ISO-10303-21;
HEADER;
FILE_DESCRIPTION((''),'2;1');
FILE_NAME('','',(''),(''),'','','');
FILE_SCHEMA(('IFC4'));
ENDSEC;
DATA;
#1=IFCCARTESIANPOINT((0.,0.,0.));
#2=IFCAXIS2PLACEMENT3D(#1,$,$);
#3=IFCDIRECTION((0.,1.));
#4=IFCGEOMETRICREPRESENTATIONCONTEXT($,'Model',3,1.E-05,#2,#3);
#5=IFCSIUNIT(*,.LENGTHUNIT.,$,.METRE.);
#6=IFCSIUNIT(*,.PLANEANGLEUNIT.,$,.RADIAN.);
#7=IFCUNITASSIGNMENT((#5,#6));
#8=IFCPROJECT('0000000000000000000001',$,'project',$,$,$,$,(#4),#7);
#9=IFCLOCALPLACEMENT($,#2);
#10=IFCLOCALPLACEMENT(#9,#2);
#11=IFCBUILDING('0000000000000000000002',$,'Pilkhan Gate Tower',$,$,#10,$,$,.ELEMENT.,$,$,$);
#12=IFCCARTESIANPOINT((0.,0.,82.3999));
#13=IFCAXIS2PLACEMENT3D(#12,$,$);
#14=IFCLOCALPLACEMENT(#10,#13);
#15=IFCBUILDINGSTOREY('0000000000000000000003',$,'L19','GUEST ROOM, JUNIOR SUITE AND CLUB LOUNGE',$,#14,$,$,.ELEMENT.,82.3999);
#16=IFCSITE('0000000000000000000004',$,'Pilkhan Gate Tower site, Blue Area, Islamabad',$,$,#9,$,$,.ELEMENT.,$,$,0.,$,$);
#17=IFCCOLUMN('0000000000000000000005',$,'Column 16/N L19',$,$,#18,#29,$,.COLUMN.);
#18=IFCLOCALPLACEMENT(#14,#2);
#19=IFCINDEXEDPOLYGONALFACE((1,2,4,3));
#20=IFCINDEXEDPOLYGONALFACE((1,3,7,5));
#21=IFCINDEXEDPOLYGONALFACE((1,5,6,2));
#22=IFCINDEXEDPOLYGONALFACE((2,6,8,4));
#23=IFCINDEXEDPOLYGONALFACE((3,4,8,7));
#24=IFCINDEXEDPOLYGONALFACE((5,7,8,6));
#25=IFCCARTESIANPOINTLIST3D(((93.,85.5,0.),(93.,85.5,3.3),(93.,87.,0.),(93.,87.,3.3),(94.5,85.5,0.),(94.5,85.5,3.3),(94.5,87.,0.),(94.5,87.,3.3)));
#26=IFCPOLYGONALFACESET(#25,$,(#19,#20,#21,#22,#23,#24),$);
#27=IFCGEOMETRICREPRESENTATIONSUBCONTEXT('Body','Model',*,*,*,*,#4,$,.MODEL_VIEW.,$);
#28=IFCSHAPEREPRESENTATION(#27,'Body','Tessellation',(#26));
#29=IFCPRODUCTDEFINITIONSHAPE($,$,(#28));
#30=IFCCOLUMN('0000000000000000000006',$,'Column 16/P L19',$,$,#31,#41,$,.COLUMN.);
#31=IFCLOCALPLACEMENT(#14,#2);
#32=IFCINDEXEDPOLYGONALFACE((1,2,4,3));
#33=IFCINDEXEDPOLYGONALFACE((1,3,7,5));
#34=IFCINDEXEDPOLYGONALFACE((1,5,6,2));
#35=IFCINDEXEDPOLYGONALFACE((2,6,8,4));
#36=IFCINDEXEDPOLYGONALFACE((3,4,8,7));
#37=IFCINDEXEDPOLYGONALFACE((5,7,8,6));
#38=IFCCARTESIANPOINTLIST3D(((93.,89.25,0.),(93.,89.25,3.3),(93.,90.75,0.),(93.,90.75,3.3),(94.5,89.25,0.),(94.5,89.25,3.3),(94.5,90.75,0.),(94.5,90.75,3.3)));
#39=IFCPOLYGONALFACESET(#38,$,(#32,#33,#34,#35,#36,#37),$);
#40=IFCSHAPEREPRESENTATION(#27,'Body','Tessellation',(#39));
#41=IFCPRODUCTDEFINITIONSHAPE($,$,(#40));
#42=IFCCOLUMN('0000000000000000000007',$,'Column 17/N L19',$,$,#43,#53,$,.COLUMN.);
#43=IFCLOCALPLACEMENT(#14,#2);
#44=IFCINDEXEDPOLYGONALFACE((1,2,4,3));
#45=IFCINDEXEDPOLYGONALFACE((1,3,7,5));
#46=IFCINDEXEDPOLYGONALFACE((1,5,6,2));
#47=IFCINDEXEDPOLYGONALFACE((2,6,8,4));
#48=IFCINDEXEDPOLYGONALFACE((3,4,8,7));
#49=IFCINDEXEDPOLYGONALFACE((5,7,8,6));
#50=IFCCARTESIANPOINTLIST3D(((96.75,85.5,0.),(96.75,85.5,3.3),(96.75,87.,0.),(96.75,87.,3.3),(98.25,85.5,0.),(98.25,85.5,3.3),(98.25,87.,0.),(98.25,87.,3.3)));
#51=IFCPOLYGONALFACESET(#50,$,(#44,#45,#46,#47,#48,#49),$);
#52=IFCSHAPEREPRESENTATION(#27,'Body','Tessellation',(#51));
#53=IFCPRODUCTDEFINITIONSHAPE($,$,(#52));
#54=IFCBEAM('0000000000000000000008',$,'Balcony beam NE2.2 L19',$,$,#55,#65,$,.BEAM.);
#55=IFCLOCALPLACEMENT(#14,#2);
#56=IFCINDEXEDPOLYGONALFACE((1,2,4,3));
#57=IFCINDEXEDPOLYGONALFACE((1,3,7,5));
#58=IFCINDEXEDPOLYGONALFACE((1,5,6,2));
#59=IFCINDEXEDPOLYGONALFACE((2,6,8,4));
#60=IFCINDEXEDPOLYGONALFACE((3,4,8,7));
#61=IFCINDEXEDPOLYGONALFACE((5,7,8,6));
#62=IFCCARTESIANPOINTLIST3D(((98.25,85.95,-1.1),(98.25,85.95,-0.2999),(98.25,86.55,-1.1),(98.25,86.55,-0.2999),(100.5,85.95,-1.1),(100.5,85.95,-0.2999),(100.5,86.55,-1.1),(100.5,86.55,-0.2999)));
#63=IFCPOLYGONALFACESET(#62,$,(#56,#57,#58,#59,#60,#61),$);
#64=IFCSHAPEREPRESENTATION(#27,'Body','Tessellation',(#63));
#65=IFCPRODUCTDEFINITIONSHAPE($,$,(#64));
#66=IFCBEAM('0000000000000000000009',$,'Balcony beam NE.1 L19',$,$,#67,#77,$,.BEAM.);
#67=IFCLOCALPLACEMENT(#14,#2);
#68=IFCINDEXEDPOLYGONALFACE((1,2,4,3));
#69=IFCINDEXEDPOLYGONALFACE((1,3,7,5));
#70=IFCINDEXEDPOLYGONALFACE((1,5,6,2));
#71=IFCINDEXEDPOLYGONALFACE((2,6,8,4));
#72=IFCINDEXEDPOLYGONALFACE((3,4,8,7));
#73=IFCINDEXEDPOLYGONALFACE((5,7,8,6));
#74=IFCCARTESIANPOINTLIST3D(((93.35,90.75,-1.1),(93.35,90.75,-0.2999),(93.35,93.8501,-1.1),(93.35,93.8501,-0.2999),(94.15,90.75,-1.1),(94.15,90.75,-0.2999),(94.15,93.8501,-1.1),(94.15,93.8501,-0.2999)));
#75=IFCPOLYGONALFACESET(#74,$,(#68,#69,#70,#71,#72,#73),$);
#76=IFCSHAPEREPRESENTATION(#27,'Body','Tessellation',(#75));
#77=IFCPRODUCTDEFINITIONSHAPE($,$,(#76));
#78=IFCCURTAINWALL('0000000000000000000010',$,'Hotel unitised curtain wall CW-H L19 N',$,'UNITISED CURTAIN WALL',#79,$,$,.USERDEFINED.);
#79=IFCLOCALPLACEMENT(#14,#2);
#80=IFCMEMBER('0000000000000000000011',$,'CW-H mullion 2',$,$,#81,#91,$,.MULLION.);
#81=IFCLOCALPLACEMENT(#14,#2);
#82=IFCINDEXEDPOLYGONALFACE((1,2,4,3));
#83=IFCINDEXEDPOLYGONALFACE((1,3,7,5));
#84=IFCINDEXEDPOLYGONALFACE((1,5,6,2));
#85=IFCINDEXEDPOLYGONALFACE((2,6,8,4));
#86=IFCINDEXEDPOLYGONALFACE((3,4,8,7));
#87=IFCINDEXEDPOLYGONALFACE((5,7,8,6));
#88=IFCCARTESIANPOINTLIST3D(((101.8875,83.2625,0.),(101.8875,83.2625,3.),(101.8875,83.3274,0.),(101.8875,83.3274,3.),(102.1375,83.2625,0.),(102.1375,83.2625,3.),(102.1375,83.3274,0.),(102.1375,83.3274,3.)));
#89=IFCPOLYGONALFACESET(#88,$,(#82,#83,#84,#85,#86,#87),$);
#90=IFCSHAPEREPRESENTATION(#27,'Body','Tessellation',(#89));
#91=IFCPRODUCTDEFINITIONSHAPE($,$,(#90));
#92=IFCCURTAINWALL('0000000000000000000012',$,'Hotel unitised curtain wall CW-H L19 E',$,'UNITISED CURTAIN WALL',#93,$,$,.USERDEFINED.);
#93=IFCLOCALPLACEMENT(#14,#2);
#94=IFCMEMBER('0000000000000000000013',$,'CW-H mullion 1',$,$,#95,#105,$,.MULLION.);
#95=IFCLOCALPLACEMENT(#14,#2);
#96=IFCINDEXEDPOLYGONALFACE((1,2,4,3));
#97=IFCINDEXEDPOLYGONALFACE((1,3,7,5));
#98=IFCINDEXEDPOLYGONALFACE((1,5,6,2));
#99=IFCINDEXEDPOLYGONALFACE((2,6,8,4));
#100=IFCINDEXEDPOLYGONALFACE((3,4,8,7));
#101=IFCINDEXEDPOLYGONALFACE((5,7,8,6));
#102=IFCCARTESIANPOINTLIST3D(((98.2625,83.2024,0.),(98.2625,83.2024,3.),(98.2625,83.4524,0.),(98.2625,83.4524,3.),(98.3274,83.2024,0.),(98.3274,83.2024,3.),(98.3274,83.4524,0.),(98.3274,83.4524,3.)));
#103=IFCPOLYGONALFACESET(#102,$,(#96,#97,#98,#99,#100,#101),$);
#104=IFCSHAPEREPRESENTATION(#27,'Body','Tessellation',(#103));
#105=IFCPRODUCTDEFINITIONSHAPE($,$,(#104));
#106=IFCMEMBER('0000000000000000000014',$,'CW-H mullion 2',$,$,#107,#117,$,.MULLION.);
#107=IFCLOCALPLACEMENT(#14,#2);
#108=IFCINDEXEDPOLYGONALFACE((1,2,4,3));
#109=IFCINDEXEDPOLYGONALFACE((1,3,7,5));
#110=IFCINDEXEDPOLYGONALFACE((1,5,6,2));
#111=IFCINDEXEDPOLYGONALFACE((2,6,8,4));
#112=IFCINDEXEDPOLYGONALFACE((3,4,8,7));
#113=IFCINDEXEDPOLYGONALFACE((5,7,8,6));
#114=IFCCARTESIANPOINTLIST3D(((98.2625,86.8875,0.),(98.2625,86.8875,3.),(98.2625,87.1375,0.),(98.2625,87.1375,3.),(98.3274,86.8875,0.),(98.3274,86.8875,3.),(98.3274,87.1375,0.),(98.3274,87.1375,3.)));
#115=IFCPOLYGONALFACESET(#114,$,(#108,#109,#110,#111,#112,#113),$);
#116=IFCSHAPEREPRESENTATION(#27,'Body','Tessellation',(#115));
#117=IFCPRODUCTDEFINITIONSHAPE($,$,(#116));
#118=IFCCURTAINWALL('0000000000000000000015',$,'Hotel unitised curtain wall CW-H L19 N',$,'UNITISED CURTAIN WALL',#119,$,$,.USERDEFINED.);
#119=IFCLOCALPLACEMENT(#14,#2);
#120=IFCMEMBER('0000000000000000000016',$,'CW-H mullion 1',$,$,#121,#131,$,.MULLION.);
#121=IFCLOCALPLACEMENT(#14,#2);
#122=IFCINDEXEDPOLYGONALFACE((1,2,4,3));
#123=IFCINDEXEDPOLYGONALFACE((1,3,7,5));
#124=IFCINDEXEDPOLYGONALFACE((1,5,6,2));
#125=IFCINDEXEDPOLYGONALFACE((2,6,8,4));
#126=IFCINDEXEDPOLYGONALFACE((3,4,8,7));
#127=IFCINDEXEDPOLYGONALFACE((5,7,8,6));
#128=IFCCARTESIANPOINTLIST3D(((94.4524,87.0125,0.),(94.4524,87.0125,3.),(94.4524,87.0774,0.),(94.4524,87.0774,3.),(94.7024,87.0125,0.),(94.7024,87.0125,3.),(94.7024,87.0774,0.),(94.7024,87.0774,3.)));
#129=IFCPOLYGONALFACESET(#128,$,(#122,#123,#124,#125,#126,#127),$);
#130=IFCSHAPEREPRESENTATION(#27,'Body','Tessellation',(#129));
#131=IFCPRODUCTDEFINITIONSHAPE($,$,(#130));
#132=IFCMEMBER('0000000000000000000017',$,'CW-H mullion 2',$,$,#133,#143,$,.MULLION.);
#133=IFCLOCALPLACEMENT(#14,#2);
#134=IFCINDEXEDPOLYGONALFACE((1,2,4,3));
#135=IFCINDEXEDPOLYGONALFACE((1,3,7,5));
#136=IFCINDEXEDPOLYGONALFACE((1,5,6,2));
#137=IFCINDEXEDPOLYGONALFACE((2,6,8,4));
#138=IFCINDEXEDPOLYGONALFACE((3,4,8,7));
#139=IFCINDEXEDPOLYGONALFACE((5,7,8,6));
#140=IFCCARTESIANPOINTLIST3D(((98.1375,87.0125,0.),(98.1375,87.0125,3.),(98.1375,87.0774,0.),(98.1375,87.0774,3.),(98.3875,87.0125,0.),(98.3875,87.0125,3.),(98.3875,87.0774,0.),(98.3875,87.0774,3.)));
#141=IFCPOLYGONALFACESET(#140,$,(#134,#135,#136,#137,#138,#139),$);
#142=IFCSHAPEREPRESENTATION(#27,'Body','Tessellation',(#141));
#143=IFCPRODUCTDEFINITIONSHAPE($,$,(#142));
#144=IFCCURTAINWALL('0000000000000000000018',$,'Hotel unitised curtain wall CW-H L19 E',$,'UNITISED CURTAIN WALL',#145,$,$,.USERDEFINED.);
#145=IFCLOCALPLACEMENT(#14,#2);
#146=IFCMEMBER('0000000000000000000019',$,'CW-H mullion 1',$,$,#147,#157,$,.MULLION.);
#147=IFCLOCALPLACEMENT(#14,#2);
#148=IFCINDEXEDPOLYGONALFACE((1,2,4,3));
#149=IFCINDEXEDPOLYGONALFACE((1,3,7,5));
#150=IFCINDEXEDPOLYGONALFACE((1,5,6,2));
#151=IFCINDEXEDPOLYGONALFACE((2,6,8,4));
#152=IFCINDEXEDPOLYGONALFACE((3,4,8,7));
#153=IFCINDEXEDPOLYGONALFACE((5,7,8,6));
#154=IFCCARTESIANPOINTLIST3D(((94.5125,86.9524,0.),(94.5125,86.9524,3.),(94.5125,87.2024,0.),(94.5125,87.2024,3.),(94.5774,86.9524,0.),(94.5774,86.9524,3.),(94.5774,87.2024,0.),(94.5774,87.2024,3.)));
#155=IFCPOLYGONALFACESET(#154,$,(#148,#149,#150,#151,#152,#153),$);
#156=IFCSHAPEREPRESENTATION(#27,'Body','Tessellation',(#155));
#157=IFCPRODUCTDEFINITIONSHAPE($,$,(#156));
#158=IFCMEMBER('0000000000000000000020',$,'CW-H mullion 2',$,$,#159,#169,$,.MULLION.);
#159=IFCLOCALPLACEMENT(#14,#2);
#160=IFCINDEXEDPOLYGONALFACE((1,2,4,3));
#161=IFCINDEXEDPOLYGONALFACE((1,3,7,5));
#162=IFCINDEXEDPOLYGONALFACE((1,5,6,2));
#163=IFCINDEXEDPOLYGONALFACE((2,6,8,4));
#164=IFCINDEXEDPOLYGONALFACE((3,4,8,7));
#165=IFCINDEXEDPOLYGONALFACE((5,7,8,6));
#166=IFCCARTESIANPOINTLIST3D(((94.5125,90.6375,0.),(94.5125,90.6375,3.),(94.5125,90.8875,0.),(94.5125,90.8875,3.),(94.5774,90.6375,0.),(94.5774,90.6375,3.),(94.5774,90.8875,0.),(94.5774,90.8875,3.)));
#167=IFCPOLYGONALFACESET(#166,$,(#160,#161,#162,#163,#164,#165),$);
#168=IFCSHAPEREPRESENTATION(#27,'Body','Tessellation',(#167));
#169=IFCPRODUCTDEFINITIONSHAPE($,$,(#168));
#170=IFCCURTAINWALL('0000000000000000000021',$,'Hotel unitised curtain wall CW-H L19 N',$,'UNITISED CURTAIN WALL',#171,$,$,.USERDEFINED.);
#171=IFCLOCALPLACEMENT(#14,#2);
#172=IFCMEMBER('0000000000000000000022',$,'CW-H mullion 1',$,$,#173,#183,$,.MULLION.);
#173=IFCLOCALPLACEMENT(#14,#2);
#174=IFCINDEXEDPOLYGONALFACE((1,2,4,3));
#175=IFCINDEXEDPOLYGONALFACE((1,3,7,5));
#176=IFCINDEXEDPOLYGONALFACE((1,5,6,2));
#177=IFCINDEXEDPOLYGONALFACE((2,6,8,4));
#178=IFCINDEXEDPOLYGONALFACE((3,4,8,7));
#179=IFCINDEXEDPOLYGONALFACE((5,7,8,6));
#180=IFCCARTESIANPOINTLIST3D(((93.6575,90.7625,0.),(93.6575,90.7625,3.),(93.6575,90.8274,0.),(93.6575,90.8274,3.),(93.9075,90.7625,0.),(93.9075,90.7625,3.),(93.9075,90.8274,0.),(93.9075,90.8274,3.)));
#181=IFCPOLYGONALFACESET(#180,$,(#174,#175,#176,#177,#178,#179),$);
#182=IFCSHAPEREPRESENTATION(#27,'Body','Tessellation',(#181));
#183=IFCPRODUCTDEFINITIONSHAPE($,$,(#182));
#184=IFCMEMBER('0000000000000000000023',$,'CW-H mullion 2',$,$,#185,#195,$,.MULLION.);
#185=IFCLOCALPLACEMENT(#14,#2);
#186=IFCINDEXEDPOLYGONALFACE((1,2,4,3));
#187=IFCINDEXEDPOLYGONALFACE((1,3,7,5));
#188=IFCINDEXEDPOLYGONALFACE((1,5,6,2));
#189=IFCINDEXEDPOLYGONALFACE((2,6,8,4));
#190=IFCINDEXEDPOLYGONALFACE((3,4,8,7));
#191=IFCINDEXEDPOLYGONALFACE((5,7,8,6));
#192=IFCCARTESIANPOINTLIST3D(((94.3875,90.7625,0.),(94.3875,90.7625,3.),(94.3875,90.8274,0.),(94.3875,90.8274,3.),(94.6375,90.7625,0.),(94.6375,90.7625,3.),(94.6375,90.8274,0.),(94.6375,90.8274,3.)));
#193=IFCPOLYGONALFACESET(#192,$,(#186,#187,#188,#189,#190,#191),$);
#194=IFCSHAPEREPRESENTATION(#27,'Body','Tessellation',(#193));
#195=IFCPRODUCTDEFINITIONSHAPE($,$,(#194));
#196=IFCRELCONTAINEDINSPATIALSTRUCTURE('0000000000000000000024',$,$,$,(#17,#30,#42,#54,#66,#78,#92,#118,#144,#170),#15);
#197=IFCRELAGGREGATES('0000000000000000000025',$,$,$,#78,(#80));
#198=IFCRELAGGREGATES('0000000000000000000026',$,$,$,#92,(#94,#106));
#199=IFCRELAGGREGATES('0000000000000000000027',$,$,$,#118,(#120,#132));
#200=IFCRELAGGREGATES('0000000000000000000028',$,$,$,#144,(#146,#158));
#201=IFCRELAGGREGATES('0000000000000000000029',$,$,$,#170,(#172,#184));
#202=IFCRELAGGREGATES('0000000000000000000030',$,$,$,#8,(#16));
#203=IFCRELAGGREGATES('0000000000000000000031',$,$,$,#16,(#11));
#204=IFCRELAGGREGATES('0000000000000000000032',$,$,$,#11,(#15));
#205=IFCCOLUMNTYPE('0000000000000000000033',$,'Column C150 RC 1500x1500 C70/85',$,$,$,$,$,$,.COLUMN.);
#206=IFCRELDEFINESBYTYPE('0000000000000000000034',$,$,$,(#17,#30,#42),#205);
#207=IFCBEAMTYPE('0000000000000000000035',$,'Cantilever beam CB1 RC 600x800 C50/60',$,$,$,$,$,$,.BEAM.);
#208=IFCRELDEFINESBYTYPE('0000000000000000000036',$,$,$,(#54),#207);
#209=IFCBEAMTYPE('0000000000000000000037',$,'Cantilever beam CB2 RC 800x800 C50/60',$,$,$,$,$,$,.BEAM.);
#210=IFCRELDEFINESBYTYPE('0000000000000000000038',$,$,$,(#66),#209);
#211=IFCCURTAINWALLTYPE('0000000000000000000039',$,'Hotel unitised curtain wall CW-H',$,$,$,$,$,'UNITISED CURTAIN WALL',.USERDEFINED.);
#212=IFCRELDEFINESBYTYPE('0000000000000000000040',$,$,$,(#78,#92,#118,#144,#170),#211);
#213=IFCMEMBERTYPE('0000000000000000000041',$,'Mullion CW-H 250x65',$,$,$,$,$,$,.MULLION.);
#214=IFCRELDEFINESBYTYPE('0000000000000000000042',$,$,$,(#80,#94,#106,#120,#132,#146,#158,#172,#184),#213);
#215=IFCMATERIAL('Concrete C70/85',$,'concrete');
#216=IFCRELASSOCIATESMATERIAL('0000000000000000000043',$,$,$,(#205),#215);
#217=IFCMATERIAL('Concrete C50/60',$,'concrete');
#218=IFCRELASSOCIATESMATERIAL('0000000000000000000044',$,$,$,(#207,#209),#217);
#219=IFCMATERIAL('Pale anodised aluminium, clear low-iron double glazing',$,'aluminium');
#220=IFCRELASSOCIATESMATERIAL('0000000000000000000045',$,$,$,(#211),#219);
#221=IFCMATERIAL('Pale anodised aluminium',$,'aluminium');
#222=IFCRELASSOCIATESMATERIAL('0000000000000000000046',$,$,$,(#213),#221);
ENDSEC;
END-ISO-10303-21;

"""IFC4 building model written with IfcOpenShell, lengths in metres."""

from ifc_helpers import new_model, si_unit, direction, frame, origin, origin_2d, place, context, subcontext, project, spatial, rectangle, extrude, material, material_profile, profile_set, type_object, element, aggregate, save


model = new_model("IFC4")

# Units and contexts
model_context = context("Model", 3, precision=1e-05, world=origin(), true_north=direction((0.0, 1.0)))
body_context = subcontext(model_context, "Body", "Model", "MODEL_VIEW")
ifc_project = project(units=[si_unit("LENGTHUNIT", "METRE"), si_unit("PLANEANGLEUNIT", "RADIAN")], contexts=[model_context])

# Site, building, storey
site_placement = place(None, origin())
site = spatial("IfcSite", under=ifc_project, at=site_placement, Name="Pilkhan Gate Tower site, Blue Area, Islamabad", CompositionType="ELEMENT", RefElevation=0.0)
building_placement = place(site_placement, origin())
building = spatial("IfcBuilding", under=site, at=building_placement, Name="Pilkhan Gate Tower", CompositionType="ELEMENT")
storey_placement = place(building_placement, frame((0.0, 0.0, 82.3999)))
storey = spatial("IfcBuildingStorey", under=building, at=storey_placement, Name="L19", Description="GUEST ROOM, JUNIOR SUITE AND CLUB LOUNGE", CompositionType="ELEMENT", Elevation=82.3999)

# Columns
ifc_material_1 = material(Name="Concrete C70/85", Category="concrete")
ifc_material_profile_1 = material_profile(ifc_material_1, rectangle(XDim=1.5, YDim=1.5, at=origin_2d()), Name="RC 1500x1500")
ifc_profile_set_1 = profile_set([ifc_material_profile_1], Name="Concrete C70/85")
column_type = type_object("IfcColumnType", Name="Column C150 RC 1500x1500 C70/85", PredefinedType="COLUMN", material=ifc_profile_set_1)
for number, where, z_axis, x_axis, name in (
    (1, (93.75, 86.25, 0.0), (0.0, 0.0, 1.0), (1.0, 0.0, 0.0), "Column 16/N L19"),
    (2, (93.75, 90.0, 0.0), (0.0, 0.0, 1.0), (1.0, 0.0, 0.0), "Column 16/P L19"),
    (3, (97.5, 86.25, 0.0), (0.0, 0.0, 1.0), (1.0, 0.0, 0.0), "Column 17/N L19"),
):
    element("IfcColumn", number, at=place(storey_placement, frame(where, z_axis=z_axis, x_axis=x_axis)), inside=storey, type_object=column_type, Name=name, PredefinedType="COLUMN", context=body_context, shape_type="SweptSolid", body=[
        extrude(rectangle(XDim=1.5, YDim=1.5, at=origin_2d()), origin(), (0.0, 0.0, 1.0), 3.3),
    ])

# Beams
ifc_material_2 = material(Name="Concrete C50/60", Category="concrete")
ifc_material_profile_2 = material_profile(ifc_material_2, rectangle(XDim=0.6001, YDim=0.8, at=origin_2d()), Name="RC 600x800")
ifc_profile_set_2 = profile_set([ifc_material_profile_2], Name="Concrete C50/60")
beam_type_1 = type_object("IfcBeamType", Name="Cantilever beam CB1 RC 600x800 C50/60", PredefinedType="BEAM", material=ifc_profile_set_2)
beam_1_placement = place(storey_placement, frame((98.25, 86.25, -0.7), z_axis=(1.0, 0.0, 0.0), x_axis=(0.0, 1.0, 0.0)))
element("IfcBeam", 4, at=beam_1_placement, inside=storey, type_object=beam_type_1, Name="Balcony beam NE2.2 L19", PredefinedType="BEAM", context=body_context, shape_type="SweptSolid", body=[
    extrude(rectangle(XDim=0.6001, YDim=0.8, at=origin_2d()), origin(), (0.0, 0.0, 1.0), 2.25),
])
ifc_material_profile_3 = material_profile(ifc_material_2, rectangle(XDim=0.8, YDim=0.8, at=origin_2d()), Name="RC 800x800")
ifc_profile_set_3 = profile_set([ifc_material_profile_3], Name="Concrete C50/60")
beam_type_2 = type_object("IfcBeamType", Name="Cantilever beam CB2 RC 800x800 C50/60", PredefinedType="BEAM", material=ifc_profile_set_3)
beam_2_placement = place(storey_placement, frame((93.75, 90.75, -0.7), z_axis=(0.0, 1.0, 0.0), x_axis=(-1.0, 0.0, 0.0)))
element("IfcBeam", 5, at=beam_2_placement, inside=storey, type_object=beam_type_2, Name="Balcony beam NE.1 L19", PredefinedType="BEAM", context=body_context, shape_type="SweptSolid", body=[
    extrude(rectangle(XDim=0.8, YDim=0.8, at=origin_2d()), origin(), (0.0, 0.0, 1.0), 3.1001),
])

# Curtain wall, member
ifc_material_3 = material(Name="Pale anodised aluminium, clear low-iron double glazing", Category="aluminium")
curtain_wall_type = type_object("IfcCurtainWallType", Name="Hotel unitised curtain wall CW-H", ElementType="UNITISED CURTAIN WALL", PredefinedType="USERDEFINED", material=ifc_material_3)
curtain_wall_1_placement = place(storey_placement, origin())
curtain_wall_1 = element("IfcCurtainWall", 6, at=curtain_wall_1_placement, inside=storey, type_object=curtain_wall_type, Name="Hotel unitised curtain wall CW-H L19 N", ObjectType="UNITISED CURTAIN WALL", PredefinedType="USERDEFINED")
ifc_material_4 = material(Name="Pale anodised aluminium", Category="aluminium")
ifc_material_profile_4 = material_profile(ifc_material_4, rectangle(XDim=0.0649, YDim=0.25, at=origin_2d()), Name="Mullion 250x65")
ifc_profile_set_4 = profile_set([ifc_material_profile_4], Name="Pale anodised aluminium")
member_type_1 = type_object("IfcMemberType", Name="Mullion CW-H 250x65", PredefinedType="MULLION", material=ifc_profile_set_4)
member_1_placement = place(storey_placement, frame((102.0125, 83.2949, 0.0), z_axis=(0.0, 0.0, 1.0), x_axis=(0.0, 1.0, 0.0)))
member_1 = element("IfcMember", 7, at=member_1_placement, type_object=member_type_1, Name="CW-H mullion 2", PredefinedType="MULLION", context=body_context, shape_type="SweptSolid", body=[
    extrude(rectangle(XDim=0.0649, YDim=0.25, at=origin_2d()), origin(), (0.0, 0.0, 1.0), 3.0),
])
aggregate(curtain_wall_1, [member_1])

# Curtain walls, members
curtain_wall_2_placement = place(storey_placement, origin())
curtain_wall_2 = element("IfcCurtainWall", 8, at=curtain_wall_2_placement, inside=storey, type_object=curtain_wall_type, Name="Hotel unitised curtain wall CW-H L19 E", ObjectType="UNITISED CURTAIN WALL", PredefinedType="USERDEFINED")
member_2_placement = place(storey_placement, frame((98.2949, 83.3274, 0.0), z_axis=(0.0, 0.0, 1.0), x_axis=(-1.0, 0.0, 0.0)))
member_2 = element("IfcMember", 9, at=member_2_placement, type_object=member_type_1, Name="CW-H mullion 1", PredefinedType="MULLION", context=body_context, shape_type="SweptSolid", body=[
    extrude(rectangle(XDim=0.0649, YDim=0.25, at=origin_2d()), origin(), (0.0, 0.0, 1.0), 3.0),
])
member_3_placement = place(storey_placement, frame((98.2949, 87.0125, 0.0), z_axis=(0.0, 0.0, 1.0), x_axis=(-1.0, 0.0, 0.0)))
member_3 = element("IfcMember", 10, at=member_3_placement, type_object=member_type_1, Name="CW-H mullion 2", PredefinedType="MULLION", context=body_context, shape_type="SweptSolid", body=[
    extrude(rectangle(XDim=0.0649, YDim=0.25, at=origin_2d()), origin(), (0.0, 0.0, 1.0), 3.0),
])
curtain_wall_3_placement = place(storey_placement, origin())
curtain_wall_3 = element("IfcCurtainWall", 11, at=curtain_wall_3_placement, inside=storey, type_object=curtain_wall_type, Name="Hotel unitised curtain wall CW-H L19 N", ObjectType="UNITISED CURTAIN WALL", PredefinedType="USERDEFINED")
member_4_placement = place(storey_placement, frame((94.5774, 87.0449, 0.0), z_axis=(0.0, 0.0, 1.0), x_axis=(0.0, 1.0, 0.0)))
member_4 = element("IfcMember", 12, at=member_4_placement, type_object=member_type_1, Name="CW-H mullion 1", PredefinedType="MULLION", context=body_context, shape_type="SweptSolid", body=[
    extrude(rectangle(XDim=0.0649, YDim=0.25, at=origin_2d()), origin(), (0.0, 0.0, 1.0), 3.0),
])
member_5_placement = place(storey_placement, frame((98.2625, 87.0449, 0.0), z_axis=(0.0, 0.0, 1.0), x_axis=(0.0, 1.0, 0.0)))
member_5 = element("IfcMember", 13, at=member_5_placement, type_object=member_type_1, Name="CW-H mullion 2", PredefinedType="MULLION", context=body_context, shape_type="SweptSolid", body=[
    extrude(rectangle(XDim=0.0649, YDim=0.25, at=origin_2d()), origin(), (0.0, 0.0, 1.0), 3.0),
])
curtain_wall_4_placement = place(storey_placement, origin())
curtain_wall_4 = element("IfcCurtainWall", 14, at=curtain_wall_4_placement, inside=storey, type_object=curtain_wall_type, Name="Hotel unitised curtain wall CW-H L19 E", ObjectType="UNITISED CURTAIN WALL", PredefinedType="USERDEFINED")
member_6_placement = place(storey_placement, frame((94.5449, 87.0774, 0.0), z_axis=(0.0, 0.0, 1.0), x_axis=(-1.0, 0.0, 0.0)))
member_6 = element("IfcMember", 15, at=member_6_placement, type_object=member_type_1, Name="CW-H mullion 1", PredefinedType="MULLION", context=body_context, shape_type="SweptSolid", body=[
    extrude(rectangle(XDim=0.0649, YDim=0.25, at=origin_2d()), origin(), (0.0, 0.0, 1.0), 3.0),
])
member_7_placement = place(storey_placement, frame((94.5449, 90.7625, 0.0), z_axis=(0.0, 0.0, 1.0), x_axis=(-1.0, 0.0, 0.0)))
member_7 = element("IfcMember", 16, at=member_7_placement, type_object=member_type_1, Name="CW-H mullion 2", PredefinedType="MULLION", context=body_context, shape_type="SweptSolid", body=[
    extrude(rectangle(XDim=0.0649, YDim=0.25, at=origin_2d()), origin(), (0.0, 0.0, 1.0), 3.0),
])
curtain_wall_5_placement = place(storey_placement, origin())
curtain_wall_5 = element("IfcCurtainWall", 17, at=curtain_wall_5_placement, inside=storey, type_object=curtain_wall_type, Name="Hotel unitised curtain wall CW-H L19 N", ObjectType="UNITISED CURTAIN WALL", PredefinedType="USERDEFINED")
member_8_placement = place(storey_placement, frame((93.7825, 90.7949, 0.0), z_axis=(0.0, 0.0, 1.0), x_axis=(0.0, 1.0, 0.0)))
member_8 = element("IfcMember", 18, at=member_8_placement, type_object=member_type_1, Name="CW-H mullion 1", PredefinedType="MULLION", context=body_context, shape_type="SweptSolid", body=[
    extrude(rectangle(XDim=0.0649, YDim=0.25, at=origin_2d()), origin(), (0.0, 0.0, 1.0), 3.0),
])
member_9_placement = place(storey_placement, frame((94.5125, 90.7949, 0.0), z_axis=(0.0, 0.0, 1.0), x_axis=(0.0, 1.0, 0.0)))
member_9 = element("IfcMember", 19, at=member_9_placement, type_object=member_type_1, Name="CW-H mullion 2", PredefinedType="MULLION", context=body_context, shape_type="SweptSolid", body=[
    extrude(rectangle(XDim=0.0649, YDim=0.25, at=origin_2d()), origin(), (0.0, 0.0, 1.0), 3.0),
])

aggregate(curtain_wall_2, [member_2, member_3])
aggregate(curtain_wall_3, [member_4, member_5])
aggregate(curtain_wall_4, [member_6, member_7])
aggregate(curtain_wall_5, [member_8, member_9])

save(model, "model.ifc")
